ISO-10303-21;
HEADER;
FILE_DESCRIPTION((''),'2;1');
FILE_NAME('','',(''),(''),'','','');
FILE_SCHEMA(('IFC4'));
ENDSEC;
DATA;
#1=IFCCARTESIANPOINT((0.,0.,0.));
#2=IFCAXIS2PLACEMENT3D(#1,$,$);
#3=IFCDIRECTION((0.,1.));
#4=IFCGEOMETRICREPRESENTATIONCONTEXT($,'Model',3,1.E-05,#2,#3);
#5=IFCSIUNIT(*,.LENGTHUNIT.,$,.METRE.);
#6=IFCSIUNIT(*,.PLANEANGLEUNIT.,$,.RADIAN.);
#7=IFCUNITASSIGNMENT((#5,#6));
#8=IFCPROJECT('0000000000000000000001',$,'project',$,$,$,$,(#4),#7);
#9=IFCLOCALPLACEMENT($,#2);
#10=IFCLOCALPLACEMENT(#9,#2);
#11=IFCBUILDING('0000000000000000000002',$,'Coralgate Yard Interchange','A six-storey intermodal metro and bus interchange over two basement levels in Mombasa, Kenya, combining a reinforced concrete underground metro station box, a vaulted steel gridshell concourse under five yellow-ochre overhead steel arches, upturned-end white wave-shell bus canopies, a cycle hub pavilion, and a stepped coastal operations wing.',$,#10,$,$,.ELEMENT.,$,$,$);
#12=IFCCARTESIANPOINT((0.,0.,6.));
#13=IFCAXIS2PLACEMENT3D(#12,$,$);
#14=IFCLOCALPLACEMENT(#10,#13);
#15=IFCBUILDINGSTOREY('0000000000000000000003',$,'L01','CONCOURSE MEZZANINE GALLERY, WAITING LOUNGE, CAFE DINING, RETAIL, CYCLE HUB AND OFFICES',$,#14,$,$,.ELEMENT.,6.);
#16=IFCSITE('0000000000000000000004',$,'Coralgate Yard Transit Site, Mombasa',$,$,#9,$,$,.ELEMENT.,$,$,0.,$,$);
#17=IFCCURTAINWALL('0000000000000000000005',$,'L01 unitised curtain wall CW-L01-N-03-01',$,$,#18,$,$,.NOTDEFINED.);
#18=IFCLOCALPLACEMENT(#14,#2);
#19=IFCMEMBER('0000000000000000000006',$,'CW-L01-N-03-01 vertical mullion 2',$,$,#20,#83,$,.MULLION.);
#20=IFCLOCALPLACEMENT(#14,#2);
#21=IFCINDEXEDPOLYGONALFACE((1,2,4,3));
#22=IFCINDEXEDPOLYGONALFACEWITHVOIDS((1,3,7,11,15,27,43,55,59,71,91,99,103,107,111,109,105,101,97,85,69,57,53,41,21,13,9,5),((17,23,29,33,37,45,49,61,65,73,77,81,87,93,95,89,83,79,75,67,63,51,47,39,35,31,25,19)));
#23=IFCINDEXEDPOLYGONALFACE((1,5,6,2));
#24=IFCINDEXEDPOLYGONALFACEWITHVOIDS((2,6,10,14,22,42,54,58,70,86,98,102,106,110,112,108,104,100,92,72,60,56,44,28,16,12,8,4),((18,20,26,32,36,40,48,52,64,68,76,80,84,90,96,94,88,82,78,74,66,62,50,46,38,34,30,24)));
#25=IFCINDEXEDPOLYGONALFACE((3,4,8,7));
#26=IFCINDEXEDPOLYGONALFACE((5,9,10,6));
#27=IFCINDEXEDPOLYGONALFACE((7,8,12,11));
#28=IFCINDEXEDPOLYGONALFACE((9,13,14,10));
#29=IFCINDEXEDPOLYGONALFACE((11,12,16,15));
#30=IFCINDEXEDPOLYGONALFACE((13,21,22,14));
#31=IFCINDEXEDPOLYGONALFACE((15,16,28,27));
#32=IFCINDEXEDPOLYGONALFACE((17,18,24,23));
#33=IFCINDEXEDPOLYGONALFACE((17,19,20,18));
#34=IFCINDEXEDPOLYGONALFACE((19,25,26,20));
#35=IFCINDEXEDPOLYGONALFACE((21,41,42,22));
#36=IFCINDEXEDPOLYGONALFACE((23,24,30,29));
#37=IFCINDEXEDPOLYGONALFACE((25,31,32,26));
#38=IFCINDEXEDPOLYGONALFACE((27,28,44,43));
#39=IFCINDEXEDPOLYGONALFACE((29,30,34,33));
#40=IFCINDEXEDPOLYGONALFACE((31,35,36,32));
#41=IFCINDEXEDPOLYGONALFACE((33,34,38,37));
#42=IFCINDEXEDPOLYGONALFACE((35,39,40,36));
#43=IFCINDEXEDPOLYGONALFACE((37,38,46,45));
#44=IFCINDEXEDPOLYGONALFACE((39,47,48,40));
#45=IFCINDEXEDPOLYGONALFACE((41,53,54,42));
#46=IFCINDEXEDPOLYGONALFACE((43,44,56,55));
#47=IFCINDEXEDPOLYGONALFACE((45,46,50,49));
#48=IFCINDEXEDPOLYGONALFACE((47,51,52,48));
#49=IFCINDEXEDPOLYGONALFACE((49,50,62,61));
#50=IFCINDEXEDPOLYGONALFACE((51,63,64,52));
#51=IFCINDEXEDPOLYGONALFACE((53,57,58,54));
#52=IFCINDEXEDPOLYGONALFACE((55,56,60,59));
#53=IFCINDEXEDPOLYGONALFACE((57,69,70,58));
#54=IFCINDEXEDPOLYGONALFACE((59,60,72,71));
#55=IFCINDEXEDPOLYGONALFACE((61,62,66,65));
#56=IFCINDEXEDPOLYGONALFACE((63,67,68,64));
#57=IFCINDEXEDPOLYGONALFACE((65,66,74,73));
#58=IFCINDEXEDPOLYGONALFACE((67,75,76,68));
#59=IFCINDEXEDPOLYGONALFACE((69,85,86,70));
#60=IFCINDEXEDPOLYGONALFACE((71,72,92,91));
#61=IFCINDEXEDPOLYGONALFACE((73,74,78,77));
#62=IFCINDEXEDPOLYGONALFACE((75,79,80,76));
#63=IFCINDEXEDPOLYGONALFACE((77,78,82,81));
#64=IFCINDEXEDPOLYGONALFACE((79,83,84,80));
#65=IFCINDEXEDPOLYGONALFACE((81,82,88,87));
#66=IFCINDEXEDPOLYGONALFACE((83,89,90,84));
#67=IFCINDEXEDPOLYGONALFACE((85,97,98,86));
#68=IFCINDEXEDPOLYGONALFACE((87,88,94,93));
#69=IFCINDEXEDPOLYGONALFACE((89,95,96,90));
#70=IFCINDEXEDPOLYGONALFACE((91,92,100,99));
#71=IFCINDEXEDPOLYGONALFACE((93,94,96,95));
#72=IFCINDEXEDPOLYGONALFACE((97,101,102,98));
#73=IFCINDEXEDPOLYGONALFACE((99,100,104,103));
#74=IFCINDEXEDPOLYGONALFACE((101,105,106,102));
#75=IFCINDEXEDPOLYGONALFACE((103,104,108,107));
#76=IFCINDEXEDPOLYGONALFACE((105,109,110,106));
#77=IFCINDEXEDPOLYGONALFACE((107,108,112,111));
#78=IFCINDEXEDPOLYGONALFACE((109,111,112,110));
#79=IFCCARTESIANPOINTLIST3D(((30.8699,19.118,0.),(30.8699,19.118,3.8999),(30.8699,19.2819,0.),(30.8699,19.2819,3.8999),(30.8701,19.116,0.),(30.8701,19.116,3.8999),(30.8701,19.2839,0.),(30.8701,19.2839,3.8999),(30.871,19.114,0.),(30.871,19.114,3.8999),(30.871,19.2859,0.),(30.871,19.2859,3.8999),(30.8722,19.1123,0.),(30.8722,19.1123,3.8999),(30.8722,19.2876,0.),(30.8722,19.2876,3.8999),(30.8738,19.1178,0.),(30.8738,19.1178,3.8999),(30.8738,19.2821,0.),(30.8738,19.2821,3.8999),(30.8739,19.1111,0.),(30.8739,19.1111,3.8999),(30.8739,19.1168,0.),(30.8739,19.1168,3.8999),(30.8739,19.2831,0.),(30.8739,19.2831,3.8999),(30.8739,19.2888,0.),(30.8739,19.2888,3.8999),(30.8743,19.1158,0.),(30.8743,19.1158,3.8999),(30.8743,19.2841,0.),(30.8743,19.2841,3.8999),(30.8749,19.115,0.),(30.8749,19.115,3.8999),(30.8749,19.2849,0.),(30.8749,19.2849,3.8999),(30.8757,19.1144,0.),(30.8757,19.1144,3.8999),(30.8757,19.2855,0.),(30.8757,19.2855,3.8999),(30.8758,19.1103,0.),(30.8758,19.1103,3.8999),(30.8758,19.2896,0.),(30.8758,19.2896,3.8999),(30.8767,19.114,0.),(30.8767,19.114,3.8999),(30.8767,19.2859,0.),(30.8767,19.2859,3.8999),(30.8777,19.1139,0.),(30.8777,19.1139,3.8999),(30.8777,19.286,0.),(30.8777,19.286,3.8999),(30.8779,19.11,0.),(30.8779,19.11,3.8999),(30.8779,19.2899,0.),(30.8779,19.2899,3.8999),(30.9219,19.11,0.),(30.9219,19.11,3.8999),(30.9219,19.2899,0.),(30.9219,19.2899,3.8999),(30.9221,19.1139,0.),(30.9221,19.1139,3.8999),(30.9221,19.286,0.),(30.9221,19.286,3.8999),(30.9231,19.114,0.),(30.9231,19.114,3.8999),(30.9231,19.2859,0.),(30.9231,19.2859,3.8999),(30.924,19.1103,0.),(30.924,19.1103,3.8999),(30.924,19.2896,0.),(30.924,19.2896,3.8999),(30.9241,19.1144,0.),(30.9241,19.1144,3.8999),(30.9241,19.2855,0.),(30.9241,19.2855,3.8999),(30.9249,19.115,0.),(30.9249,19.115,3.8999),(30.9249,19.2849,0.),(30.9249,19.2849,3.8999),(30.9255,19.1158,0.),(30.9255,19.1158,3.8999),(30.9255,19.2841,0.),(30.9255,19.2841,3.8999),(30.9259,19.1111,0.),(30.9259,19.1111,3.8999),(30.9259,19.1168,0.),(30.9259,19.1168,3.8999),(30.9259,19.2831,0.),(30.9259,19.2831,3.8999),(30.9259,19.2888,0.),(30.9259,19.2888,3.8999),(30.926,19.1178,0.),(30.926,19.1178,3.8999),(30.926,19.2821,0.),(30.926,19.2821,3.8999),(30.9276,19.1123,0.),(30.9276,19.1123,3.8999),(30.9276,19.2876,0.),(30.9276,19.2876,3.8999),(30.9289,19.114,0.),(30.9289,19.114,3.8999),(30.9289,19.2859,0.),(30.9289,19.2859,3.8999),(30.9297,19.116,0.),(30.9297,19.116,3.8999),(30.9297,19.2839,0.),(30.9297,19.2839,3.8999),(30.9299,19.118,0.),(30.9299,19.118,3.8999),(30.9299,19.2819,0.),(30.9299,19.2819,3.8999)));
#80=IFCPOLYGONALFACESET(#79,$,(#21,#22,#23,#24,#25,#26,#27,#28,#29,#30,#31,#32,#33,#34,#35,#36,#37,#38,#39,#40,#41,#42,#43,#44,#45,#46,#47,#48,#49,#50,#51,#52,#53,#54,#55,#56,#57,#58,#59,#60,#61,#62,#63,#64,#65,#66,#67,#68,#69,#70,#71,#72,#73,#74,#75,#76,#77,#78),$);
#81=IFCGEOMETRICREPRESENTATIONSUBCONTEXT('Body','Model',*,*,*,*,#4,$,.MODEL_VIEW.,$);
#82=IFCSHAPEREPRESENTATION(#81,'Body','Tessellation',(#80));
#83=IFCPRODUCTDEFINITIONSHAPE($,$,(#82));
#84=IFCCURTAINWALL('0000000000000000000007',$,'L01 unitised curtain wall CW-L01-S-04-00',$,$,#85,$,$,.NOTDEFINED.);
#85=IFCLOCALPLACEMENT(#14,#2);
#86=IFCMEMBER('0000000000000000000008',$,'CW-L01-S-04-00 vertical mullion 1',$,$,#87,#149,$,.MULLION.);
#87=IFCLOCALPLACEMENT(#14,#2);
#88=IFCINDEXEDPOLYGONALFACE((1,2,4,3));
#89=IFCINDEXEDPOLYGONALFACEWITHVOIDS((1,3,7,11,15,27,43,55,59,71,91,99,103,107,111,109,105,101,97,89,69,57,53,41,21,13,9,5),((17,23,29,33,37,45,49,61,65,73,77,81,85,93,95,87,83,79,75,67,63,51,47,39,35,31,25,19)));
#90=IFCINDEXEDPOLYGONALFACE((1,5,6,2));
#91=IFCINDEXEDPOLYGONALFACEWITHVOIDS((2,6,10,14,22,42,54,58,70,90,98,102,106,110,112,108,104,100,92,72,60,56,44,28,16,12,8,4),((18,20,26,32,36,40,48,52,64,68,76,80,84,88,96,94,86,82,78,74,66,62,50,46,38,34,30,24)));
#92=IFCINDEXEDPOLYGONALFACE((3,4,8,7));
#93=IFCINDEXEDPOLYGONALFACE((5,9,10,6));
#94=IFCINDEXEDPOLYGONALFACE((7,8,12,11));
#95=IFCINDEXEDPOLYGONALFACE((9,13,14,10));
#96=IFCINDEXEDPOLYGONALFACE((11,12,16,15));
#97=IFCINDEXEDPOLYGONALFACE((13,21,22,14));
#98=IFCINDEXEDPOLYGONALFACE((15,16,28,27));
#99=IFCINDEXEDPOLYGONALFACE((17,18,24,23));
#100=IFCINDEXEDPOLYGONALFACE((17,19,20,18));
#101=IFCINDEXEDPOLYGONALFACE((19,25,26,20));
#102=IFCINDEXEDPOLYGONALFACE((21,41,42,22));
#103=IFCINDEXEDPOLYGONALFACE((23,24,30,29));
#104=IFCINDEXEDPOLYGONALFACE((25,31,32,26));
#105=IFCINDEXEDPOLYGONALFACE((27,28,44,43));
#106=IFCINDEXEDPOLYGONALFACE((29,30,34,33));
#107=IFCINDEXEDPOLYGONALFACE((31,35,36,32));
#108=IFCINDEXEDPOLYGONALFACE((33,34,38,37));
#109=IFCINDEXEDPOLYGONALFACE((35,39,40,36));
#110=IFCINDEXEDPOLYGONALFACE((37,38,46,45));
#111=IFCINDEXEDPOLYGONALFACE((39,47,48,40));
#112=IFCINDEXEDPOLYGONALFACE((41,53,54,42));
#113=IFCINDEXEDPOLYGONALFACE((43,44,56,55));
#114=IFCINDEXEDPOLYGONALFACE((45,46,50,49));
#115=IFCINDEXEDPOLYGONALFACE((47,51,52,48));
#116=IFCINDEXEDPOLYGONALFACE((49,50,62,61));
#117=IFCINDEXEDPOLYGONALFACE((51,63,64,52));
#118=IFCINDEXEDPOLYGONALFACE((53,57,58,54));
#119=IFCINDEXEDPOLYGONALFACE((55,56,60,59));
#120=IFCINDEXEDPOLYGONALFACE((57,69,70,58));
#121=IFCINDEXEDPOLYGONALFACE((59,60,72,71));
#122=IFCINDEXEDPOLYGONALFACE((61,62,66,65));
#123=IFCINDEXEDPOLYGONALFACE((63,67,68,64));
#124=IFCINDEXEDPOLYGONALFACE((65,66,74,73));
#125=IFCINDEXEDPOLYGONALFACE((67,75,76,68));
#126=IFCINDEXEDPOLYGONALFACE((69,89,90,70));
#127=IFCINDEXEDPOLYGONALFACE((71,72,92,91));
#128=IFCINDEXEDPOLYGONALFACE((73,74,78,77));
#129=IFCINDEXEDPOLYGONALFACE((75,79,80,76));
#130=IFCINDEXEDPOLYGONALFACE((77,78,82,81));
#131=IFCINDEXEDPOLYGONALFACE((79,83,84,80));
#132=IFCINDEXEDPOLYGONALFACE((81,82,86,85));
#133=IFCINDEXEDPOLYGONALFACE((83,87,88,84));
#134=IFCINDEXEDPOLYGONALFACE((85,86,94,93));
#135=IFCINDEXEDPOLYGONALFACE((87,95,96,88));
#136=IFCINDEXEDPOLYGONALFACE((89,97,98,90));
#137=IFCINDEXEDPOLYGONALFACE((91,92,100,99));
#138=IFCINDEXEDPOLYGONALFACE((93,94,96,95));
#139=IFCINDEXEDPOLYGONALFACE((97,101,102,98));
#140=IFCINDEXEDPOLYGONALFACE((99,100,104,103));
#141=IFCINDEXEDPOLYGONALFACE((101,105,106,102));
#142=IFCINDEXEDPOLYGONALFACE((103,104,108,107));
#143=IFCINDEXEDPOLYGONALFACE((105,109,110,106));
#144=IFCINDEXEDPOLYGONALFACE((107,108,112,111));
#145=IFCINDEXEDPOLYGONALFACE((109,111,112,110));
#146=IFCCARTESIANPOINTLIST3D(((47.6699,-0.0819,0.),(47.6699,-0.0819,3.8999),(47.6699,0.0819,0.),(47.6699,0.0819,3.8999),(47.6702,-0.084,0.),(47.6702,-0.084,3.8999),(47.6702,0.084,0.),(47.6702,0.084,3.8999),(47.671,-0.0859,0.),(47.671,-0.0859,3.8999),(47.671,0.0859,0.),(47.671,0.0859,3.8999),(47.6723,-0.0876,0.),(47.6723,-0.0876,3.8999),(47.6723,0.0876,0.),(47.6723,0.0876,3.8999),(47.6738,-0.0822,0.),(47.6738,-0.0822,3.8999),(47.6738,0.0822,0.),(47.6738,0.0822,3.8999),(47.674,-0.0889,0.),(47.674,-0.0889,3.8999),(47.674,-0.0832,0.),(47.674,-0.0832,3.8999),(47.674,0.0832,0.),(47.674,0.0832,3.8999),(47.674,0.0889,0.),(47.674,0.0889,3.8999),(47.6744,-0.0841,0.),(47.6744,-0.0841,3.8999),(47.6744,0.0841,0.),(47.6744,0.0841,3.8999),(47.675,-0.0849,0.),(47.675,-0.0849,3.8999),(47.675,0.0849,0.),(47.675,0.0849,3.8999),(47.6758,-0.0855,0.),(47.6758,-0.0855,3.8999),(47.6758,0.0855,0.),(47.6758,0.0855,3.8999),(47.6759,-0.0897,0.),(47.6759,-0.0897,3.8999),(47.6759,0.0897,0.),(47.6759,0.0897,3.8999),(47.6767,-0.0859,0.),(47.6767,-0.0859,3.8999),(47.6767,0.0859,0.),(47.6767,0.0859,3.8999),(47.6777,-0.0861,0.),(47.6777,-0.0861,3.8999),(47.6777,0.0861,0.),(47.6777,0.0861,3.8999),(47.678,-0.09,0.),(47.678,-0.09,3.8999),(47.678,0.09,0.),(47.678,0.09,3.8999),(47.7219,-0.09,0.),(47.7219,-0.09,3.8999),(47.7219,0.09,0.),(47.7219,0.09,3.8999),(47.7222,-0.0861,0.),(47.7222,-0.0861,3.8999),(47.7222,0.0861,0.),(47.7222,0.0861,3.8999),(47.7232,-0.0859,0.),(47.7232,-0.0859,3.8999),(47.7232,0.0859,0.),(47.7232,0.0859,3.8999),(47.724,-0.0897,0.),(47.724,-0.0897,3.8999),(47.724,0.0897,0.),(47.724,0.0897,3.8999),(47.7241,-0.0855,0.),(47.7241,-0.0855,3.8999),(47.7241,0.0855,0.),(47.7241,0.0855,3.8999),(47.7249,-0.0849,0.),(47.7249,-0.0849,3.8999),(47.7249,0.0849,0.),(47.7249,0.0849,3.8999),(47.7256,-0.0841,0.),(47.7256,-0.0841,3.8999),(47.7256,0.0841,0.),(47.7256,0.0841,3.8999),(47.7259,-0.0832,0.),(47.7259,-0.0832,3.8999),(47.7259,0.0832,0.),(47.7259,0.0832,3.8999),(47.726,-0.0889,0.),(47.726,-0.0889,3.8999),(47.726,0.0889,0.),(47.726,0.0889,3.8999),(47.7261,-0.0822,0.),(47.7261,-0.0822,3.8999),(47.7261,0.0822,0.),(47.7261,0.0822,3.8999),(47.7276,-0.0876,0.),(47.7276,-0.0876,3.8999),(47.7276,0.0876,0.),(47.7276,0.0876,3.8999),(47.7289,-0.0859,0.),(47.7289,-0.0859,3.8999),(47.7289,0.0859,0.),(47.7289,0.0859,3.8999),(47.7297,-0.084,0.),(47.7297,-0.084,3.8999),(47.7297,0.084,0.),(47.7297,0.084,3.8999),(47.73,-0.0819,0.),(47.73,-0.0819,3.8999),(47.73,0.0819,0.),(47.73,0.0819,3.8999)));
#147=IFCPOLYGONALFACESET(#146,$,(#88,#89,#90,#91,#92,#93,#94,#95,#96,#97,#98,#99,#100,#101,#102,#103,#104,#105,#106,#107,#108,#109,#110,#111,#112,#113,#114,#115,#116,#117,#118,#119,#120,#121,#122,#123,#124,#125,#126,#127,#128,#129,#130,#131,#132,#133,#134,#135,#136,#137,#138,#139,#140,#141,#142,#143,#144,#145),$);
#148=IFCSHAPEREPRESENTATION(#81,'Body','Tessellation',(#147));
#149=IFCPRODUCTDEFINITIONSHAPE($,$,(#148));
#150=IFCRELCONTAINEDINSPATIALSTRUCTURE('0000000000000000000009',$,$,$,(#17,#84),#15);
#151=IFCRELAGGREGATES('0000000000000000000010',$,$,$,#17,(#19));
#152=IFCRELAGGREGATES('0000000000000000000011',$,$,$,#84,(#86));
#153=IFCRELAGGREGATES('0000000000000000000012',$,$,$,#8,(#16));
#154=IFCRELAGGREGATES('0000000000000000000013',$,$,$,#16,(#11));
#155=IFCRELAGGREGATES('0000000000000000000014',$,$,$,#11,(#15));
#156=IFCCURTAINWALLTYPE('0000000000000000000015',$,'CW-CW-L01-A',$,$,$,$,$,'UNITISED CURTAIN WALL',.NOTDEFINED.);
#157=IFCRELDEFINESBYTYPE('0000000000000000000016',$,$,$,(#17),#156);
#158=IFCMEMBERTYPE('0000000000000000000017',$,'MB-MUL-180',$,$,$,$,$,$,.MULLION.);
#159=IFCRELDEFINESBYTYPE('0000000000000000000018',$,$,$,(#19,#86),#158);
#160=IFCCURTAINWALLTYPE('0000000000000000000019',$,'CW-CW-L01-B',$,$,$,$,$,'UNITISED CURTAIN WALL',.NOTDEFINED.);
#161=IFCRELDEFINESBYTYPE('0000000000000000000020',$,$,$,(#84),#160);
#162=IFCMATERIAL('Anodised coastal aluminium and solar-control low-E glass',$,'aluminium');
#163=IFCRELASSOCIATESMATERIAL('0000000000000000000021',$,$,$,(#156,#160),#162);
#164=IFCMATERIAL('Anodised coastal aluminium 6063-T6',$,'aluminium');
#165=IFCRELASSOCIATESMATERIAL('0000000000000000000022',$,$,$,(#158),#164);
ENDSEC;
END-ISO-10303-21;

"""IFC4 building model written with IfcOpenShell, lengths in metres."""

from ifc_helpers import new_model, si_unit, direction, frame, origin, origin_2d, place, context, subcontext, project, spatial, hollow_rectangle, extrude, material, material_profile, profile_set, type_object, element, aggregate, save


model = new_model("IFC4")

# Units and contexts
model_context = context("Model", 3, precision=1e-05, world=origin(), true_north=direction((0.0, 1.0)))
body_context = subcontext(model_context, "Body", "Model", "MODEL_VIEW")
ifc_project = project(units=[si_unit("LENGTHUNIT", "METRE"), si_unit("PLANEANGLEUNIT", "RADIAN")], contexts=[model_context])

# Site, building, storey
site_placement = place(None, origin())
site = spatial("IfcSite", under=ifc_project, at=site_placement, Name="Coralgate Yard Transit Site, Mombasa", CompositionType="ELEMENT", RefElevation=0.0)
building_placement = place(site_placement, origin())
building = spatial("IfcBuilding", under=site, at=building_placement, Name="Coralgate Yard Interchange", Description="A six-storey intermodal metro and bus interchange over two basement levels in Mombasa, Kenya, combining a reinforced concrete underground metro station box, a vaulted steel gridshell concourse under five yellow-ochre overhead steel arches, upturned-end white wave-shell bus canopies, a cycle hub pavilion, and a stepped coastal operations wing.", CompositionType="ELEMENT")
storey_placement = place(building_placement, frame((0.0, 0.0, 6.0)))
storey = spatial("IfcBuildingStorey", under=building, at=storey_placement, Name="L01", Description="CONCOURSE MEZZANINE GALLERY, WAITING LOUNGE, CAFE DINING, RETAIL, CYCLE HUB AND OFFICES", CompositionType="ELEMENT", Elevation=6.0)

# Curtain wall, member
ifc_material_1 = material(Name="Anodised coastal aluminium and solar-control low-E glass", Category="aluminium")
curtain_wall_type_1 = type_object("IfcCurtainWallType", Name="CW-CW-L01-A", ElementType="UNITISED CURTAIN WALL", PredefinedType="NOTDEFINED", material=ifc_material_1)
curtain_wall_1_placement = place(storey_placement, origin())
curtain_wall_1 = element("IfcCurtainWall", 1, at=curtain_wall_1_placement, inside=storey, type_object=curtain_wall_type_1, Name="L01 unitised curtain wall CW-L01-N-03-01", PredefinedType="NOTDEFINED")
ifc_material_2 = material(Name="Anodised coastal aluminium 6063-T6", Category="aluminium")
ifc_material_profile_1 = material_profile(ifc_material_2, hollow_rectangle(XDim=0.0601, YDim=0.1799, WallThickness=0.0039, InnerFilletRadius=0.0039, OuterFilletRadius=0.0081, at=origin_2d()), Name="ALU 60x180x4")
ifc_profile_set_1 = profile_set([ifc_material_profile_1], Name="Anodised coastal aluminium 6063-T6")
member_type_1 = type_object("IfcMemberType", Name="MB-MUL-180", PredefinedType="MULLION", material=ifc_profile_set_1)
member_1_placement = place(storey_placement, frame((30.8999, 19.2, 0.0), z_axis=(0.0, 0.0, 1.0), x_axis=(1.0, 0.0, 0.0)))
member_1 = element("IfcMember", 2, at=member_1_placement, type_object=member_type_1, Name="CW-L01-N-03-01 vertical mullion 2", PredefinedType="MULLION", context=body_context, shape_type="SweptSolid", body=[
    extrude(hollow_rectangle(XDim=0.0601, YDim=0.1799, WallThickness=0.0039, InnerFilletRadius=0.0039, OuterFilletRadius=0.0081, at=origin_2d()), origin(), (0.0, 0.0, 1.0), 3.8999),
])

# Curtain wall, member
curtain_wall_type_2 = type_object("IfcCurtainWallType", Name="CW-CW-L01-B", ElementType="UNITISED CURTAIN WALL", PredefinedType="NOTDEFINED", material=ifc_material_1)
curtain_wall_2_placement = place(storey_placement, origin())
curtain_wall_2 = element("IfcCurtainWall", 3, at=curtain_wall_2_placement, inside=storey, type_object=curtain_wall_type_2, Name="L01 unitised curtain wall CW-L01-S-04-00", PredefinedType="NOTDEFINED")
member_2_placement = place(storey_placement, frame((47.7, 0.0, 0.0), z_axis=(0.0, 0.0, 1.0), x_axis=(1.0, 0.0, 0.0)))
member_2 = element("IfcMember", 4, at=member_2_placement, type_object=member_type_1, Name="CW-L01-S-04-00 vertical mullion 1", PredefinedType="MULLION", context=body_context, shape_type="SweptSolid", body=[
    extrude(hollow_rectangle(XDim=0.0601, YDim=0.1799, WallThickness=0.0039, InnerFilletRadius=0.0039, OuterFilletRadius=0.0081, at=origin_2d()), origin(), (0.0, 0.0, 1.0), 3.8999),
])

aggregate(curtain_wall_1, [member_1])

aggregate(curtain_wall_2, [member_2])

save(model, "model.ifc")
